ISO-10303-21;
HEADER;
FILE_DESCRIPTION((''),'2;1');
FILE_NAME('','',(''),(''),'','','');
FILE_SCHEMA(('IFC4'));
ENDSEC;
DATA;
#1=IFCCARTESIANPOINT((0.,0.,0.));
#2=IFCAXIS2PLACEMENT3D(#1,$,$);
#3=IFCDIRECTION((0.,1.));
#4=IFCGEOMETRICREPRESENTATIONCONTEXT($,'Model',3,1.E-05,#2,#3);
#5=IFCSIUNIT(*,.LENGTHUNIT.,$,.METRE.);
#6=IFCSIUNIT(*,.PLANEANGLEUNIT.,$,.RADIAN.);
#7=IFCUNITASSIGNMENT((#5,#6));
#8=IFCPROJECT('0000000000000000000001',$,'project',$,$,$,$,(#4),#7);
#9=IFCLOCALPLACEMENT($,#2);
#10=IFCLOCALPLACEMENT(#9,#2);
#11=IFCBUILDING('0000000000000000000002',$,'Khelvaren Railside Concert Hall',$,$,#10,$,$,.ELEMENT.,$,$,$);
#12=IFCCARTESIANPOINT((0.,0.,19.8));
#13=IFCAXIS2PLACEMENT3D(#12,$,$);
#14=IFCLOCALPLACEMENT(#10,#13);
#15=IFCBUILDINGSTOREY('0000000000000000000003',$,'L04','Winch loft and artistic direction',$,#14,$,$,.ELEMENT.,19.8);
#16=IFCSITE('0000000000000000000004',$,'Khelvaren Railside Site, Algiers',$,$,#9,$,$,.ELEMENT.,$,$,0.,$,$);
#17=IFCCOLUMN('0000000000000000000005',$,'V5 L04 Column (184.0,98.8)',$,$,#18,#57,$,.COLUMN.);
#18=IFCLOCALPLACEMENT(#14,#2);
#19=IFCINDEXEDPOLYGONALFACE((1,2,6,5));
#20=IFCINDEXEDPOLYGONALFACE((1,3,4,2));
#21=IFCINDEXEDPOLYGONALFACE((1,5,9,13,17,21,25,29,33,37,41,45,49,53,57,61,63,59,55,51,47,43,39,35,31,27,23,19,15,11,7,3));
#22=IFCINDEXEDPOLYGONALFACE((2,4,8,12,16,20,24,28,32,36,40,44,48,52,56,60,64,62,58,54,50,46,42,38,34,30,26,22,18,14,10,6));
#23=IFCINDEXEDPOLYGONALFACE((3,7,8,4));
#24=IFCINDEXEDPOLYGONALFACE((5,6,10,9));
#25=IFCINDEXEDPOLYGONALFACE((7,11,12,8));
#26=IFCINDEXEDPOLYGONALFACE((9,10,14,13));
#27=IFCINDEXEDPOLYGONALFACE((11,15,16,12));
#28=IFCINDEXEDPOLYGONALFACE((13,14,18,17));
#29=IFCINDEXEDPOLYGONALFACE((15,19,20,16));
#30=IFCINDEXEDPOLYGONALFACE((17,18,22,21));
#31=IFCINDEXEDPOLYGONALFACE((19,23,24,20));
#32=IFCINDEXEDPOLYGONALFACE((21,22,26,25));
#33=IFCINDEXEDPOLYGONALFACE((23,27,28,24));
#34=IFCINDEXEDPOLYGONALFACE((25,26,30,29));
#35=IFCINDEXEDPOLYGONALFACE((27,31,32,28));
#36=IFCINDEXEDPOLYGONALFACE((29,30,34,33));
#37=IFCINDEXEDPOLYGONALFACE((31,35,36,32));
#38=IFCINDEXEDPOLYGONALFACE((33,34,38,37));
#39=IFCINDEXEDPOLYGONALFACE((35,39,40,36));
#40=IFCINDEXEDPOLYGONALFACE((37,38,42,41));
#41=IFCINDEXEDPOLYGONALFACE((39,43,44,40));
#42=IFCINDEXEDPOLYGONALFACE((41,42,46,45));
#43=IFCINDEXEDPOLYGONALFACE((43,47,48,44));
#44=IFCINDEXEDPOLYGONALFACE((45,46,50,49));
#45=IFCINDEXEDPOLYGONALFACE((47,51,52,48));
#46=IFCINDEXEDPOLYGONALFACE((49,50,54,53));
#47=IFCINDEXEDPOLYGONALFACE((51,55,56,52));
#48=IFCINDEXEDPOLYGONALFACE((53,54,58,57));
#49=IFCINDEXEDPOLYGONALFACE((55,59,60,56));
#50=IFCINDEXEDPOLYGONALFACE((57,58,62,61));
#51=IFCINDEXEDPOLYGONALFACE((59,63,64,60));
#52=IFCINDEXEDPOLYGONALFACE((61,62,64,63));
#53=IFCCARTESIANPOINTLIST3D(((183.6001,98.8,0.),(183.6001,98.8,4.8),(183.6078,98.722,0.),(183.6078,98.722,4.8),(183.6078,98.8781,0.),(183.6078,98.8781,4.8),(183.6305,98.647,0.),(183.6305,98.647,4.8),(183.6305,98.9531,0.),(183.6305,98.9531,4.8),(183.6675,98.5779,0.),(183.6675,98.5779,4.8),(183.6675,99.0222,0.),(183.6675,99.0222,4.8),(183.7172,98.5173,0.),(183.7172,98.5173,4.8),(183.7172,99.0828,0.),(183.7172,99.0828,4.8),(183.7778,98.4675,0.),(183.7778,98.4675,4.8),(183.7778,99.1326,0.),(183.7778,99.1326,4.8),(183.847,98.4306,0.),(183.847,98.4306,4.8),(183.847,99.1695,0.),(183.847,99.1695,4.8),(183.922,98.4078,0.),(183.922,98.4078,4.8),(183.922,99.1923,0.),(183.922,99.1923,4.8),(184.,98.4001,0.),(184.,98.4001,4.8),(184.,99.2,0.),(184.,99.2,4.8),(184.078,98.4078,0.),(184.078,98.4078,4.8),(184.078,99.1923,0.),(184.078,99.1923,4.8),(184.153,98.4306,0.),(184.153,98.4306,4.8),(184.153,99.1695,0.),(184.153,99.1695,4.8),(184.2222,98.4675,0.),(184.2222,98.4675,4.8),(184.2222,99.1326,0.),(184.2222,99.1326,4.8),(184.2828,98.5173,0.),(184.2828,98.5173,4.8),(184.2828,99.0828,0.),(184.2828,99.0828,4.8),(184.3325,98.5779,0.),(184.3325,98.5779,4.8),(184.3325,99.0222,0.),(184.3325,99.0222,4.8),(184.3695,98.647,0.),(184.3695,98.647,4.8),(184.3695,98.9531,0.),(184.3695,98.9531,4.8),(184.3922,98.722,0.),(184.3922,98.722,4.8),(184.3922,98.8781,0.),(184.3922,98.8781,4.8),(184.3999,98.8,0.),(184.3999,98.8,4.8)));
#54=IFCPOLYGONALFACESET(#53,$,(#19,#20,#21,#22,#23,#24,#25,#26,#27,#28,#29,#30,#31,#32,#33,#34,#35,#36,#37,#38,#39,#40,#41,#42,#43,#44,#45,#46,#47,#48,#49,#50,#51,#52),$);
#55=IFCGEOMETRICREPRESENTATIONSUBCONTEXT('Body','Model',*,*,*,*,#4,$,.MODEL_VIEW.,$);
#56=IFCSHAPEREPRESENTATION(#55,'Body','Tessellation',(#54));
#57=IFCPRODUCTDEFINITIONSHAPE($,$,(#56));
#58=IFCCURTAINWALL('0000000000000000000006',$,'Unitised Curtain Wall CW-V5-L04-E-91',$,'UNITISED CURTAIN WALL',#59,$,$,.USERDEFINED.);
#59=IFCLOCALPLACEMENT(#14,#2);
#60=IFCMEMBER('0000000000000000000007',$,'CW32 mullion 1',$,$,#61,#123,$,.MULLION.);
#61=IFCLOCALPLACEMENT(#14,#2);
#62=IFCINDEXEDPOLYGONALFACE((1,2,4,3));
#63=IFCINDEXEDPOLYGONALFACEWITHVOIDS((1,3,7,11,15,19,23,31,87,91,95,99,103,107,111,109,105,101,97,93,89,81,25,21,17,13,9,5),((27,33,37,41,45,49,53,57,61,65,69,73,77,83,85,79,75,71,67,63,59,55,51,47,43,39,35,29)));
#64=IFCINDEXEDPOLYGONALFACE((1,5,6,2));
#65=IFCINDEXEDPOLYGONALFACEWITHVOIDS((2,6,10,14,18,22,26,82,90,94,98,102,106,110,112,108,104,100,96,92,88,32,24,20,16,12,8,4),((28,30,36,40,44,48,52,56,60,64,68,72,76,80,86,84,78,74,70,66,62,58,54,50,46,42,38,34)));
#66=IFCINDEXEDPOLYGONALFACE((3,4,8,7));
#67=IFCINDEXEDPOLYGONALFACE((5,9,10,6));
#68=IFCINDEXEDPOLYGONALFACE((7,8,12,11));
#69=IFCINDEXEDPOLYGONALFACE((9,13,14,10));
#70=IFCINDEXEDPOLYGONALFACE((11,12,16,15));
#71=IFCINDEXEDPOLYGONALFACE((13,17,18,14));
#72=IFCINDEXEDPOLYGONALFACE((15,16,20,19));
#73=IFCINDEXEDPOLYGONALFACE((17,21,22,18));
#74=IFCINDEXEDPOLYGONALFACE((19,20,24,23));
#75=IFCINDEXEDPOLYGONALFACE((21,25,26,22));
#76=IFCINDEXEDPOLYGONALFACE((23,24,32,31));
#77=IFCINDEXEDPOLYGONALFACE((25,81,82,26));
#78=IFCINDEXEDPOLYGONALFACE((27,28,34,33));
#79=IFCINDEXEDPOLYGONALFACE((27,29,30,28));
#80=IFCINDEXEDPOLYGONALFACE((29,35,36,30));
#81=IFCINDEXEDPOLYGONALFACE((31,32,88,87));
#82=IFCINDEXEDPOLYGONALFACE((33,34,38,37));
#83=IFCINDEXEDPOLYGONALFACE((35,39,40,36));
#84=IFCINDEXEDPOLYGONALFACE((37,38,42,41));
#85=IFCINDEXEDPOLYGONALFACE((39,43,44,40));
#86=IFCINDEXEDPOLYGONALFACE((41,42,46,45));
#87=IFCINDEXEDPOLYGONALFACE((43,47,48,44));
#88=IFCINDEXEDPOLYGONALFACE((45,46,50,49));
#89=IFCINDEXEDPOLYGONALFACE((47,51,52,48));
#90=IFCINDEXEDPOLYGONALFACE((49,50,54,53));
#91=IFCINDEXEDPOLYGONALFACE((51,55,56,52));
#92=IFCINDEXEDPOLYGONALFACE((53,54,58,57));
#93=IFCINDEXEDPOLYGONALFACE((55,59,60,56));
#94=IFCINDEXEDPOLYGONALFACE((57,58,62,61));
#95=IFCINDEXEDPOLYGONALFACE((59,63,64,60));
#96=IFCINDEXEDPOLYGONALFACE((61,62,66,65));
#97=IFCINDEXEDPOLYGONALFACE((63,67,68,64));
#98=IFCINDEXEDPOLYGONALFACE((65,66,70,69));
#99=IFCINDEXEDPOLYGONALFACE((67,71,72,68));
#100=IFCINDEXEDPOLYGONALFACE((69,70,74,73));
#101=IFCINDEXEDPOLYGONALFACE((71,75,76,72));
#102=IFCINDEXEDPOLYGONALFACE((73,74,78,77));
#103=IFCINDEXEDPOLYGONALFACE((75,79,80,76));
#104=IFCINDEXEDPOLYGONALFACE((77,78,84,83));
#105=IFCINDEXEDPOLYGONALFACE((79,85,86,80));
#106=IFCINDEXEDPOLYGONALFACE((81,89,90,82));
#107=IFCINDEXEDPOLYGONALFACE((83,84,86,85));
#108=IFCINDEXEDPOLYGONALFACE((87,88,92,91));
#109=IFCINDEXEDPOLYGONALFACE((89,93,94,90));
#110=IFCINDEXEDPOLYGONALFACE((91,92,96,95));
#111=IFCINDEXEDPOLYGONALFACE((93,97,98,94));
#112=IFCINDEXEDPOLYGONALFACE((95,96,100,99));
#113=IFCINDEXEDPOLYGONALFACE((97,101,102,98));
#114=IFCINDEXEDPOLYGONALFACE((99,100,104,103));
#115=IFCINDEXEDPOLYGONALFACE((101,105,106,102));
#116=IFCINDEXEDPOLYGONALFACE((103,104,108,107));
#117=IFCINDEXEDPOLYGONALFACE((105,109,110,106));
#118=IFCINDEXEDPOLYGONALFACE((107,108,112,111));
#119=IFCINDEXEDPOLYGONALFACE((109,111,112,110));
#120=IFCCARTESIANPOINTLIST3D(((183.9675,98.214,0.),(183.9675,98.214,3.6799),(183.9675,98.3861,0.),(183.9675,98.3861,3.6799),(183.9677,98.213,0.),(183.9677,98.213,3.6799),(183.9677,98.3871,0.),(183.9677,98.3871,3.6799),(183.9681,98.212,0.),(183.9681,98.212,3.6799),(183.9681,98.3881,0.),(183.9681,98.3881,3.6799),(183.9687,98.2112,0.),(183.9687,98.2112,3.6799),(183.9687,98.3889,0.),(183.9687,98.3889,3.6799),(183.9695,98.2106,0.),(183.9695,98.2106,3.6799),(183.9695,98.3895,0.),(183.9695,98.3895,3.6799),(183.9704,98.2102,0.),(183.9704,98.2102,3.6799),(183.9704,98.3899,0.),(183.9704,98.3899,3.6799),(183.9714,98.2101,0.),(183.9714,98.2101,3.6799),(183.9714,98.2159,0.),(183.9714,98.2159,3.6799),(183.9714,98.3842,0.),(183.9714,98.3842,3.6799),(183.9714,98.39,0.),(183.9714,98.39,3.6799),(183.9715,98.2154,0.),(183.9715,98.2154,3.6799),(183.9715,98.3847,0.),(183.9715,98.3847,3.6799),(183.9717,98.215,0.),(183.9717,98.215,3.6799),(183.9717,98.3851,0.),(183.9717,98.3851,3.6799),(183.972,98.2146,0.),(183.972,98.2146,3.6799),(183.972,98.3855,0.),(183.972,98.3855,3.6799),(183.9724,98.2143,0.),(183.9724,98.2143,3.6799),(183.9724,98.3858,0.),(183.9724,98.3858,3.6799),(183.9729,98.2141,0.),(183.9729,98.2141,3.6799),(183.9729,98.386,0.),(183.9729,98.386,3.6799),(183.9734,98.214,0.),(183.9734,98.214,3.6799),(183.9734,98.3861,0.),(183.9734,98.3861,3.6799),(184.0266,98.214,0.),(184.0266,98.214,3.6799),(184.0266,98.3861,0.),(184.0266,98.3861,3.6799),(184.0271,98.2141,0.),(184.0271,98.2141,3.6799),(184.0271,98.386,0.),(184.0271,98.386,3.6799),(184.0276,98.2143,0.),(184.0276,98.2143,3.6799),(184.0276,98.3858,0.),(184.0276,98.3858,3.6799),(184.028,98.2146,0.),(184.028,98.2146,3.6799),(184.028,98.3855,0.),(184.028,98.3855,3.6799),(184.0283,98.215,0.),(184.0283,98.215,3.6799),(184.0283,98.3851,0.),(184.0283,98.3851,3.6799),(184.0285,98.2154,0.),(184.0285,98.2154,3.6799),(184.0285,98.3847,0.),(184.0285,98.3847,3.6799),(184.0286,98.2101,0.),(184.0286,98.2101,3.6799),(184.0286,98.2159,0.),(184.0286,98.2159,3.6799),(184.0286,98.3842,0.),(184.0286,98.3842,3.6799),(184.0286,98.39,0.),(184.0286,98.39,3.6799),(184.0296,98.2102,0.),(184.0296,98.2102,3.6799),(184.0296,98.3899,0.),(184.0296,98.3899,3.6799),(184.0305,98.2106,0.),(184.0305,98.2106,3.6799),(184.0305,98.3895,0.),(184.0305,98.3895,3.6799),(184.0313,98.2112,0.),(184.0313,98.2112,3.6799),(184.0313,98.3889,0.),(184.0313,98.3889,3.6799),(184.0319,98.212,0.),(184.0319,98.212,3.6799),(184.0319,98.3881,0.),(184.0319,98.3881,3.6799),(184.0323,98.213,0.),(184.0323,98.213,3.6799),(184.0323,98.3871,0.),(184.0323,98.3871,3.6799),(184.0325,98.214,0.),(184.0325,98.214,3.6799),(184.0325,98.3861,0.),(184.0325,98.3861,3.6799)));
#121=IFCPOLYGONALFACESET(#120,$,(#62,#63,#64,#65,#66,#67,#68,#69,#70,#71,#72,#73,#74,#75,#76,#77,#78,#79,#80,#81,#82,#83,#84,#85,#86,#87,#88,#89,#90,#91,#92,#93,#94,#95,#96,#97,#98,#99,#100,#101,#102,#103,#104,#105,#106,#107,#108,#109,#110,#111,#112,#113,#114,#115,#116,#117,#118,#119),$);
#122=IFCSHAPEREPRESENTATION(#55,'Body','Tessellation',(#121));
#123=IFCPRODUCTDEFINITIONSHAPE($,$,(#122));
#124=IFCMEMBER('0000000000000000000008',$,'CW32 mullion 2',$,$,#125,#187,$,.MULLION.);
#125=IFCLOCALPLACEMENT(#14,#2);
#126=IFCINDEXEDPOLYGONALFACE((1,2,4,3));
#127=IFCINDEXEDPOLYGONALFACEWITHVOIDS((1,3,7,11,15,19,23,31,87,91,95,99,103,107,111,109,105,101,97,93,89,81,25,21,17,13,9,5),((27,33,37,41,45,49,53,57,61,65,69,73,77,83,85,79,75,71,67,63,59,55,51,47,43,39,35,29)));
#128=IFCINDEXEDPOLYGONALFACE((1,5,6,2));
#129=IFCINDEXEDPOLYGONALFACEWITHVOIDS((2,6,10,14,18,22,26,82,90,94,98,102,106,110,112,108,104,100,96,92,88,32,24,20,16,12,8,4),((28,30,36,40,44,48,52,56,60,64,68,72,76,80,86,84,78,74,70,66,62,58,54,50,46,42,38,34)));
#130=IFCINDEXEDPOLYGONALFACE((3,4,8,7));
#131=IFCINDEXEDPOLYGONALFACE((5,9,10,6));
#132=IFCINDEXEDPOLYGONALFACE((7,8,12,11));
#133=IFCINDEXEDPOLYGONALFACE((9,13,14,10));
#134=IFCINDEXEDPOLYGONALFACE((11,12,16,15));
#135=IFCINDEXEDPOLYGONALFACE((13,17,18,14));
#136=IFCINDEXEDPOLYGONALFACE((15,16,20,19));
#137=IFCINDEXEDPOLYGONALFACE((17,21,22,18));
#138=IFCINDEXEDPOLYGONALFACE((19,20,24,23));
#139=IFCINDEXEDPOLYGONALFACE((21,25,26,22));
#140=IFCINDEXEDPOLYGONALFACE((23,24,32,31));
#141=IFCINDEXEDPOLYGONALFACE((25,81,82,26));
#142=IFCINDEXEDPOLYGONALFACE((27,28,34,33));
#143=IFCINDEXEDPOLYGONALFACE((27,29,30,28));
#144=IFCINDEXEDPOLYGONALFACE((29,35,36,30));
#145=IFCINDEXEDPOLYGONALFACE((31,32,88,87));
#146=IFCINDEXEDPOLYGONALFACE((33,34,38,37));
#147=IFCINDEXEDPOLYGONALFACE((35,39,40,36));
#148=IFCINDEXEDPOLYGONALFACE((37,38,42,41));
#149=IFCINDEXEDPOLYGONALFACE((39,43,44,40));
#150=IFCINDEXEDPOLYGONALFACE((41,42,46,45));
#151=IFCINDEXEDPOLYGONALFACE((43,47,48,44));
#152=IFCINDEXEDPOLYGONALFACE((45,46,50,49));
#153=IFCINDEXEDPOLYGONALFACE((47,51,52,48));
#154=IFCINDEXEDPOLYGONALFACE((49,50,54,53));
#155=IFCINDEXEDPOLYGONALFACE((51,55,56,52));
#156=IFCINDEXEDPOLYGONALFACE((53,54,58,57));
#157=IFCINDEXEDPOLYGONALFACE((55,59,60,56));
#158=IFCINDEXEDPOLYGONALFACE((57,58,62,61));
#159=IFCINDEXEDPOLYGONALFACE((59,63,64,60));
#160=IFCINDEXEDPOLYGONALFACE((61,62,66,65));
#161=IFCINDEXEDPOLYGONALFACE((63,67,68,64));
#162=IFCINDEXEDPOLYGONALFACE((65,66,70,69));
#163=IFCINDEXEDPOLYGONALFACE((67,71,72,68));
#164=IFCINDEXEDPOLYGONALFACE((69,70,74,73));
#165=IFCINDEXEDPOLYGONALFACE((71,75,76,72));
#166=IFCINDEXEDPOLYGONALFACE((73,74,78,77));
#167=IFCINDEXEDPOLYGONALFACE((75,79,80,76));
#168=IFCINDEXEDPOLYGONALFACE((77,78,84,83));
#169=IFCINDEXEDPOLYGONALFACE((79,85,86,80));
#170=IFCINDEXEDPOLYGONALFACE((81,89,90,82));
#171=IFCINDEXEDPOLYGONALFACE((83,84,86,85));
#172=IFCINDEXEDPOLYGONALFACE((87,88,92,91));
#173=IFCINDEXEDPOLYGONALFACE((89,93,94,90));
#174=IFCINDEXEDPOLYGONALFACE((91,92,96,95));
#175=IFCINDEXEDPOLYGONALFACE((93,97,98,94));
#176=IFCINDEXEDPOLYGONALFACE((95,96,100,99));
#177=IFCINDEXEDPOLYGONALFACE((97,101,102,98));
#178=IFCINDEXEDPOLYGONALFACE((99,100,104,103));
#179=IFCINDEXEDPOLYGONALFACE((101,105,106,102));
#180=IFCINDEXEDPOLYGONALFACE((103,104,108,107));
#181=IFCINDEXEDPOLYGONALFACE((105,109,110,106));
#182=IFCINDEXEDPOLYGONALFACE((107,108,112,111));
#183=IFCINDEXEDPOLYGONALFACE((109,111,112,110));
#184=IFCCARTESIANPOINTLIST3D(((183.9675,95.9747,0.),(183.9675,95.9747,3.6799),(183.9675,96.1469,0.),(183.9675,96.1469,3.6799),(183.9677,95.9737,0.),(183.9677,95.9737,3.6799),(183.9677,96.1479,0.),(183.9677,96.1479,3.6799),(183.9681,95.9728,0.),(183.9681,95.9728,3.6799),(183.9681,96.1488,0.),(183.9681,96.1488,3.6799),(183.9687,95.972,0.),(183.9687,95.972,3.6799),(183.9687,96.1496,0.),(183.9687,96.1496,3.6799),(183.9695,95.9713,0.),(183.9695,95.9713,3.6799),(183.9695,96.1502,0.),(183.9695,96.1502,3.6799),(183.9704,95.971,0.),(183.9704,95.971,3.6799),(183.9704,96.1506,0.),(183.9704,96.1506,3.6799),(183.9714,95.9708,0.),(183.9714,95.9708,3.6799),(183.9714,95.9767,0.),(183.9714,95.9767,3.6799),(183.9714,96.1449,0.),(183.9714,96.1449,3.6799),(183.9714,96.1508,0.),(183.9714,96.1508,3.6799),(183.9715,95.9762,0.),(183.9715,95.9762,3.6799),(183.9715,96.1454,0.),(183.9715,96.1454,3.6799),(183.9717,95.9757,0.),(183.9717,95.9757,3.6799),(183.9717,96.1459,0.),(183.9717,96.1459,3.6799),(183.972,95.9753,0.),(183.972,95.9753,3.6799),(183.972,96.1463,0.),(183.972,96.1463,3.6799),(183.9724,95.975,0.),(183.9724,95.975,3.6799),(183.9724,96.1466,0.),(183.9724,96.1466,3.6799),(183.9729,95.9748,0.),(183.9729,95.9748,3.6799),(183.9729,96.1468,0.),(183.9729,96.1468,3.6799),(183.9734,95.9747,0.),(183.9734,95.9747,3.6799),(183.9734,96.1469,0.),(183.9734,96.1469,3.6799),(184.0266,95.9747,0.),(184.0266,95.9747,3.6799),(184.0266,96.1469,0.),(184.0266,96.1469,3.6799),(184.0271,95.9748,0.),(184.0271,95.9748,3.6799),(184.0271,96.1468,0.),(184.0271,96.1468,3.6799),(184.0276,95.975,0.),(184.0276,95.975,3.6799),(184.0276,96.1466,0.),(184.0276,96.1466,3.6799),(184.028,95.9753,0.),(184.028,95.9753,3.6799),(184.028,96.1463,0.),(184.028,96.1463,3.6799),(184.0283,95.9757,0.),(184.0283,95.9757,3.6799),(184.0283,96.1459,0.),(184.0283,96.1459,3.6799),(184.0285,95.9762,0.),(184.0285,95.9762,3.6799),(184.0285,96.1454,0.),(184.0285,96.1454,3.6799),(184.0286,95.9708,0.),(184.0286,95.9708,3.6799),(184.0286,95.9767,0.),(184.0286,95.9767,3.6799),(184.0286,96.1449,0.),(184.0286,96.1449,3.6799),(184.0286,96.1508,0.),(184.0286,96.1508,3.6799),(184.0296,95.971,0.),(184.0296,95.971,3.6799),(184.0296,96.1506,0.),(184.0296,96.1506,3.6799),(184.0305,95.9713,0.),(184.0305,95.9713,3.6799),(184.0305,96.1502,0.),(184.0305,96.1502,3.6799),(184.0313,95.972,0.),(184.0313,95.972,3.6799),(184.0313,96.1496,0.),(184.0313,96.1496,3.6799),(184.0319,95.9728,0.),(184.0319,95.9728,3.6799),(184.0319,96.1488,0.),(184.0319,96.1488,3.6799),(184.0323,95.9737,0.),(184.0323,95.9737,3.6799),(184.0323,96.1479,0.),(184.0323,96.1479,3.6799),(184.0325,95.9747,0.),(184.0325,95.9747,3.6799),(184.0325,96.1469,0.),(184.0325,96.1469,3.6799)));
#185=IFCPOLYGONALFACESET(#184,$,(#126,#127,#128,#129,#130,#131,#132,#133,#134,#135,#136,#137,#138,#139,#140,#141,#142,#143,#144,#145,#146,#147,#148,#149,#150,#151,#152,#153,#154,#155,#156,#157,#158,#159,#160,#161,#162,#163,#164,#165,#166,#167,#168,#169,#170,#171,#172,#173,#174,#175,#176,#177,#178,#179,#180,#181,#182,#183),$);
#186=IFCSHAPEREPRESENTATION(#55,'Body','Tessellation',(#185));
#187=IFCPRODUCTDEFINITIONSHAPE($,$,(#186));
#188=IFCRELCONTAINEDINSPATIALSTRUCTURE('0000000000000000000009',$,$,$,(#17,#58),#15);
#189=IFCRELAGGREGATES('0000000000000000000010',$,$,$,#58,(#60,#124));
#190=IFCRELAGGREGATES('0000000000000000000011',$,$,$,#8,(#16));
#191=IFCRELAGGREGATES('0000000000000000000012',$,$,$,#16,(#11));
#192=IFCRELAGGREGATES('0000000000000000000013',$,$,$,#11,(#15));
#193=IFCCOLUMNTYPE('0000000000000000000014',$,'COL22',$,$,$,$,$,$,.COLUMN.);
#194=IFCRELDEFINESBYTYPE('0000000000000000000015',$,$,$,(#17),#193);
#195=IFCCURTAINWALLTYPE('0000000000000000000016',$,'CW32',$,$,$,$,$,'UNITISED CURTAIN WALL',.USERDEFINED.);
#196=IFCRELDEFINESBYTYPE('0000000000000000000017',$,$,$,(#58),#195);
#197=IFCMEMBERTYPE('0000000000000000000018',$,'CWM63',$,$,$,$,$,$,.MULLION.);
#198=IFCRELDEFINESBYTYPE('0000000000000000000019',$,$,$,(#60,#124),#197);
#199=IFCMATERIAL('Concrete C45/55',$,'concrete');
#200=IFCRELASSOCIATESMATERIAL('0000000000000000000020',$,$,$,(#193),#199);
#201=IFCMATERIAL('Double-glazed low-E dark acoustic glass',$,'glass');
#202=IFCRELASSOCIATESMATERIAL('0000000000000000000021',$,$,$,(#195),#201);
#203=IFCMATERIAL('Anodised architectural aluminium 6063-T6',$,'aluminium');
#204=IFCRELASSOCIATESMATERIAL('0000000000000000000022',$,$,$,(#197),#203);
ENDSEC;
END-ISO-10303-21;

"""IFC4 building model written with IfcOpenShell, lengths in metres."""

from ifc_helpers import new_model, si_unit, direction, frame, origin, origin_2d, place, context, subcontext, project, spatial, hollow_rectangle, circle, extrude, material, material_profile, profile_set, type_object, element, aggregate, save


model = new_model("IFC4")

# Units and contexts
model_context = context("Model", 3, precision=1e-05, world=origin(), true_north=direction((0.0, 1.0)))
body_context = subcontext(model_context, "Body", "Model", "MODEL_VIEW")
ifc_project = project(units=[si_unit("LENGTHUNIT", "METRE"), si_unit("PLANEANGLEUNIT", "RADIAN")], contexts=[model_context])

# Site, building, storey
site_placement = place(None, origin())
site = spatial("IfcSite", under=ifc_project, at=site_placement, Name="Khelvaren Railside Site, Algiers", CompositionType="ELEMENT", RefElevation=0.0)
building_placement = place(site_placement, origin())
building = spatial("IfcBuilding", under=site, at=building_placement, Name="Khelvaren Railside Concert Hall", CompositionType="ELEMENT")
storey_placement = place(building_placement, frame((0.0, 0.0, 19.8)))
storey = spatial("IfcBuildingStorey", under=building, at=storey_placement, Name="L04", Description="Winch loft and artistic direction", CompositionType="ELEMENT", Elevation=19.8)

# Column
ifc_material_1 = material(Name="Concrete C45/55", Category="concrete")
ifc_material_profile_1 = material_profile(ifc_material_1, circle(Radius=0.3999, at=origin_2d()), Name="RC D800")
ifc_profile_set_1 = profile_set([ifc_material_profile_1], Name="Concrete C45/55")
column_type = type_object("IfcColumnType", Name="COL22", PredefinedType="COLUMN", material=ifc_profile_set_1)
column_placement = place(storey_placement, frame((184.0, 98.8, 0.0), z_axis=(0.0, 0.0, 1.0), x_axis=(1.0, 0.0, 0.0)))
element("IfcColumn", 1, at=column_placement, inside=storey, type_object=column_type, Name="V5 L04 Column (184.0,98.8)", PredefinedType="COLUMN", context=body_context, shape_type="SweptSolid", body=[
    extrude(circle(Radius=0.3999, at=origin_2d()), origin(), (0.0, 0.0, 1.0), 4.8),
])

# Curtain wall, members
ifc_material_2 = material(Name="Double-glazed low-E dark acoustic glass", Category="glass")
curtain_wall_type_1 = type_object("IfcCurtainWallType", Name="CW32", ElementType="UNITISED CURTAIN WALL", PredefinedType="USERDEFINED", material=ifc_material_2)
curtain_wall_1_placement = place(storey_placement, origin())
curtain_wall_1 = element("IfcCurtainWall", 2, at=curtain_wall_1_placement, inside=storey, type_object=curtain_wall_type_1, Name="Unitised Curtain Wall CW-V5-L04-E-91", ObjectType="UNITISED CURTAIN WALL", PredefinedType="USERDEFINED")
ifc_material_3 = material(Name="Anodised architectural aluminium 6063-T6", Category="aluminium")
ifc_material_profile_2 = material_profile(ifc_material_3, hollow_rectangle(XDim=0.0649, YDim=0.1799, WallThickness=0.0039, InnerFilletRadius=0.002, OuterFilletRadius=0.0039, at=origin_2d()), Name="CWM 65x180x4")
ifc_profile_set_2 = profile_set([ifc_material_profile_2], Name="Anodised architectural aluminium 6063-T6")
member_type_1 = type_object("IfcMemberType", Name="CWM63", PredefinedType="MULLION", material=ifc_profile_set_2)
member_1_placement = place(storey_placement, frame((184.0, 98.3, 0.0), z_axis=(0.0, 0.0, 1.0), x_axis=(1.0, 0.0, 0.0)))
member_1 = element("IfcMember", 3, at=member_1_placement, type_object=member_type_1, Name="CW32 mullion 1", PredefinedType="MULLION", context=body_context, shape_type="SweptSolid", body=[
    extrude(hollow_rectangle(XDim=0.0649, YDim=0.1799, WallThickness=0.0039, InnerFilletRadius=0.002, OuterFilletRadius=0.0039, at=origin_2d()), origin(), (0.0, 0.0, 1.0), 3.6799),
])
member_2_placement = place(storey_placement, frame((184.0, 96.0608, 0.0), z_axis=(0.0, 0.0, 1.0), x_axis=(1.0, 0.0, 0.0)))
member_2 = element("IfcMember", 4, at=member_2_placement, type_object=member_type_1, Name="CW32 mullion 2", PredefinedType="MULLION", context=body_context, shape_type="SweptSolid", body=[
    extrude(hollow_rectangle(XDim=0.0649, YDim=0.1799, WallThickness=0.0039, InnerFilletRadius=0.002, OuterFilletRadius=0.0039, at=origin_2d()), origin(), (0.0, 0.0, 1.0), 3.6799),
])

aggregate(curtain_wall_1, [member_1, member_2])

save(model, "model.ifc")
